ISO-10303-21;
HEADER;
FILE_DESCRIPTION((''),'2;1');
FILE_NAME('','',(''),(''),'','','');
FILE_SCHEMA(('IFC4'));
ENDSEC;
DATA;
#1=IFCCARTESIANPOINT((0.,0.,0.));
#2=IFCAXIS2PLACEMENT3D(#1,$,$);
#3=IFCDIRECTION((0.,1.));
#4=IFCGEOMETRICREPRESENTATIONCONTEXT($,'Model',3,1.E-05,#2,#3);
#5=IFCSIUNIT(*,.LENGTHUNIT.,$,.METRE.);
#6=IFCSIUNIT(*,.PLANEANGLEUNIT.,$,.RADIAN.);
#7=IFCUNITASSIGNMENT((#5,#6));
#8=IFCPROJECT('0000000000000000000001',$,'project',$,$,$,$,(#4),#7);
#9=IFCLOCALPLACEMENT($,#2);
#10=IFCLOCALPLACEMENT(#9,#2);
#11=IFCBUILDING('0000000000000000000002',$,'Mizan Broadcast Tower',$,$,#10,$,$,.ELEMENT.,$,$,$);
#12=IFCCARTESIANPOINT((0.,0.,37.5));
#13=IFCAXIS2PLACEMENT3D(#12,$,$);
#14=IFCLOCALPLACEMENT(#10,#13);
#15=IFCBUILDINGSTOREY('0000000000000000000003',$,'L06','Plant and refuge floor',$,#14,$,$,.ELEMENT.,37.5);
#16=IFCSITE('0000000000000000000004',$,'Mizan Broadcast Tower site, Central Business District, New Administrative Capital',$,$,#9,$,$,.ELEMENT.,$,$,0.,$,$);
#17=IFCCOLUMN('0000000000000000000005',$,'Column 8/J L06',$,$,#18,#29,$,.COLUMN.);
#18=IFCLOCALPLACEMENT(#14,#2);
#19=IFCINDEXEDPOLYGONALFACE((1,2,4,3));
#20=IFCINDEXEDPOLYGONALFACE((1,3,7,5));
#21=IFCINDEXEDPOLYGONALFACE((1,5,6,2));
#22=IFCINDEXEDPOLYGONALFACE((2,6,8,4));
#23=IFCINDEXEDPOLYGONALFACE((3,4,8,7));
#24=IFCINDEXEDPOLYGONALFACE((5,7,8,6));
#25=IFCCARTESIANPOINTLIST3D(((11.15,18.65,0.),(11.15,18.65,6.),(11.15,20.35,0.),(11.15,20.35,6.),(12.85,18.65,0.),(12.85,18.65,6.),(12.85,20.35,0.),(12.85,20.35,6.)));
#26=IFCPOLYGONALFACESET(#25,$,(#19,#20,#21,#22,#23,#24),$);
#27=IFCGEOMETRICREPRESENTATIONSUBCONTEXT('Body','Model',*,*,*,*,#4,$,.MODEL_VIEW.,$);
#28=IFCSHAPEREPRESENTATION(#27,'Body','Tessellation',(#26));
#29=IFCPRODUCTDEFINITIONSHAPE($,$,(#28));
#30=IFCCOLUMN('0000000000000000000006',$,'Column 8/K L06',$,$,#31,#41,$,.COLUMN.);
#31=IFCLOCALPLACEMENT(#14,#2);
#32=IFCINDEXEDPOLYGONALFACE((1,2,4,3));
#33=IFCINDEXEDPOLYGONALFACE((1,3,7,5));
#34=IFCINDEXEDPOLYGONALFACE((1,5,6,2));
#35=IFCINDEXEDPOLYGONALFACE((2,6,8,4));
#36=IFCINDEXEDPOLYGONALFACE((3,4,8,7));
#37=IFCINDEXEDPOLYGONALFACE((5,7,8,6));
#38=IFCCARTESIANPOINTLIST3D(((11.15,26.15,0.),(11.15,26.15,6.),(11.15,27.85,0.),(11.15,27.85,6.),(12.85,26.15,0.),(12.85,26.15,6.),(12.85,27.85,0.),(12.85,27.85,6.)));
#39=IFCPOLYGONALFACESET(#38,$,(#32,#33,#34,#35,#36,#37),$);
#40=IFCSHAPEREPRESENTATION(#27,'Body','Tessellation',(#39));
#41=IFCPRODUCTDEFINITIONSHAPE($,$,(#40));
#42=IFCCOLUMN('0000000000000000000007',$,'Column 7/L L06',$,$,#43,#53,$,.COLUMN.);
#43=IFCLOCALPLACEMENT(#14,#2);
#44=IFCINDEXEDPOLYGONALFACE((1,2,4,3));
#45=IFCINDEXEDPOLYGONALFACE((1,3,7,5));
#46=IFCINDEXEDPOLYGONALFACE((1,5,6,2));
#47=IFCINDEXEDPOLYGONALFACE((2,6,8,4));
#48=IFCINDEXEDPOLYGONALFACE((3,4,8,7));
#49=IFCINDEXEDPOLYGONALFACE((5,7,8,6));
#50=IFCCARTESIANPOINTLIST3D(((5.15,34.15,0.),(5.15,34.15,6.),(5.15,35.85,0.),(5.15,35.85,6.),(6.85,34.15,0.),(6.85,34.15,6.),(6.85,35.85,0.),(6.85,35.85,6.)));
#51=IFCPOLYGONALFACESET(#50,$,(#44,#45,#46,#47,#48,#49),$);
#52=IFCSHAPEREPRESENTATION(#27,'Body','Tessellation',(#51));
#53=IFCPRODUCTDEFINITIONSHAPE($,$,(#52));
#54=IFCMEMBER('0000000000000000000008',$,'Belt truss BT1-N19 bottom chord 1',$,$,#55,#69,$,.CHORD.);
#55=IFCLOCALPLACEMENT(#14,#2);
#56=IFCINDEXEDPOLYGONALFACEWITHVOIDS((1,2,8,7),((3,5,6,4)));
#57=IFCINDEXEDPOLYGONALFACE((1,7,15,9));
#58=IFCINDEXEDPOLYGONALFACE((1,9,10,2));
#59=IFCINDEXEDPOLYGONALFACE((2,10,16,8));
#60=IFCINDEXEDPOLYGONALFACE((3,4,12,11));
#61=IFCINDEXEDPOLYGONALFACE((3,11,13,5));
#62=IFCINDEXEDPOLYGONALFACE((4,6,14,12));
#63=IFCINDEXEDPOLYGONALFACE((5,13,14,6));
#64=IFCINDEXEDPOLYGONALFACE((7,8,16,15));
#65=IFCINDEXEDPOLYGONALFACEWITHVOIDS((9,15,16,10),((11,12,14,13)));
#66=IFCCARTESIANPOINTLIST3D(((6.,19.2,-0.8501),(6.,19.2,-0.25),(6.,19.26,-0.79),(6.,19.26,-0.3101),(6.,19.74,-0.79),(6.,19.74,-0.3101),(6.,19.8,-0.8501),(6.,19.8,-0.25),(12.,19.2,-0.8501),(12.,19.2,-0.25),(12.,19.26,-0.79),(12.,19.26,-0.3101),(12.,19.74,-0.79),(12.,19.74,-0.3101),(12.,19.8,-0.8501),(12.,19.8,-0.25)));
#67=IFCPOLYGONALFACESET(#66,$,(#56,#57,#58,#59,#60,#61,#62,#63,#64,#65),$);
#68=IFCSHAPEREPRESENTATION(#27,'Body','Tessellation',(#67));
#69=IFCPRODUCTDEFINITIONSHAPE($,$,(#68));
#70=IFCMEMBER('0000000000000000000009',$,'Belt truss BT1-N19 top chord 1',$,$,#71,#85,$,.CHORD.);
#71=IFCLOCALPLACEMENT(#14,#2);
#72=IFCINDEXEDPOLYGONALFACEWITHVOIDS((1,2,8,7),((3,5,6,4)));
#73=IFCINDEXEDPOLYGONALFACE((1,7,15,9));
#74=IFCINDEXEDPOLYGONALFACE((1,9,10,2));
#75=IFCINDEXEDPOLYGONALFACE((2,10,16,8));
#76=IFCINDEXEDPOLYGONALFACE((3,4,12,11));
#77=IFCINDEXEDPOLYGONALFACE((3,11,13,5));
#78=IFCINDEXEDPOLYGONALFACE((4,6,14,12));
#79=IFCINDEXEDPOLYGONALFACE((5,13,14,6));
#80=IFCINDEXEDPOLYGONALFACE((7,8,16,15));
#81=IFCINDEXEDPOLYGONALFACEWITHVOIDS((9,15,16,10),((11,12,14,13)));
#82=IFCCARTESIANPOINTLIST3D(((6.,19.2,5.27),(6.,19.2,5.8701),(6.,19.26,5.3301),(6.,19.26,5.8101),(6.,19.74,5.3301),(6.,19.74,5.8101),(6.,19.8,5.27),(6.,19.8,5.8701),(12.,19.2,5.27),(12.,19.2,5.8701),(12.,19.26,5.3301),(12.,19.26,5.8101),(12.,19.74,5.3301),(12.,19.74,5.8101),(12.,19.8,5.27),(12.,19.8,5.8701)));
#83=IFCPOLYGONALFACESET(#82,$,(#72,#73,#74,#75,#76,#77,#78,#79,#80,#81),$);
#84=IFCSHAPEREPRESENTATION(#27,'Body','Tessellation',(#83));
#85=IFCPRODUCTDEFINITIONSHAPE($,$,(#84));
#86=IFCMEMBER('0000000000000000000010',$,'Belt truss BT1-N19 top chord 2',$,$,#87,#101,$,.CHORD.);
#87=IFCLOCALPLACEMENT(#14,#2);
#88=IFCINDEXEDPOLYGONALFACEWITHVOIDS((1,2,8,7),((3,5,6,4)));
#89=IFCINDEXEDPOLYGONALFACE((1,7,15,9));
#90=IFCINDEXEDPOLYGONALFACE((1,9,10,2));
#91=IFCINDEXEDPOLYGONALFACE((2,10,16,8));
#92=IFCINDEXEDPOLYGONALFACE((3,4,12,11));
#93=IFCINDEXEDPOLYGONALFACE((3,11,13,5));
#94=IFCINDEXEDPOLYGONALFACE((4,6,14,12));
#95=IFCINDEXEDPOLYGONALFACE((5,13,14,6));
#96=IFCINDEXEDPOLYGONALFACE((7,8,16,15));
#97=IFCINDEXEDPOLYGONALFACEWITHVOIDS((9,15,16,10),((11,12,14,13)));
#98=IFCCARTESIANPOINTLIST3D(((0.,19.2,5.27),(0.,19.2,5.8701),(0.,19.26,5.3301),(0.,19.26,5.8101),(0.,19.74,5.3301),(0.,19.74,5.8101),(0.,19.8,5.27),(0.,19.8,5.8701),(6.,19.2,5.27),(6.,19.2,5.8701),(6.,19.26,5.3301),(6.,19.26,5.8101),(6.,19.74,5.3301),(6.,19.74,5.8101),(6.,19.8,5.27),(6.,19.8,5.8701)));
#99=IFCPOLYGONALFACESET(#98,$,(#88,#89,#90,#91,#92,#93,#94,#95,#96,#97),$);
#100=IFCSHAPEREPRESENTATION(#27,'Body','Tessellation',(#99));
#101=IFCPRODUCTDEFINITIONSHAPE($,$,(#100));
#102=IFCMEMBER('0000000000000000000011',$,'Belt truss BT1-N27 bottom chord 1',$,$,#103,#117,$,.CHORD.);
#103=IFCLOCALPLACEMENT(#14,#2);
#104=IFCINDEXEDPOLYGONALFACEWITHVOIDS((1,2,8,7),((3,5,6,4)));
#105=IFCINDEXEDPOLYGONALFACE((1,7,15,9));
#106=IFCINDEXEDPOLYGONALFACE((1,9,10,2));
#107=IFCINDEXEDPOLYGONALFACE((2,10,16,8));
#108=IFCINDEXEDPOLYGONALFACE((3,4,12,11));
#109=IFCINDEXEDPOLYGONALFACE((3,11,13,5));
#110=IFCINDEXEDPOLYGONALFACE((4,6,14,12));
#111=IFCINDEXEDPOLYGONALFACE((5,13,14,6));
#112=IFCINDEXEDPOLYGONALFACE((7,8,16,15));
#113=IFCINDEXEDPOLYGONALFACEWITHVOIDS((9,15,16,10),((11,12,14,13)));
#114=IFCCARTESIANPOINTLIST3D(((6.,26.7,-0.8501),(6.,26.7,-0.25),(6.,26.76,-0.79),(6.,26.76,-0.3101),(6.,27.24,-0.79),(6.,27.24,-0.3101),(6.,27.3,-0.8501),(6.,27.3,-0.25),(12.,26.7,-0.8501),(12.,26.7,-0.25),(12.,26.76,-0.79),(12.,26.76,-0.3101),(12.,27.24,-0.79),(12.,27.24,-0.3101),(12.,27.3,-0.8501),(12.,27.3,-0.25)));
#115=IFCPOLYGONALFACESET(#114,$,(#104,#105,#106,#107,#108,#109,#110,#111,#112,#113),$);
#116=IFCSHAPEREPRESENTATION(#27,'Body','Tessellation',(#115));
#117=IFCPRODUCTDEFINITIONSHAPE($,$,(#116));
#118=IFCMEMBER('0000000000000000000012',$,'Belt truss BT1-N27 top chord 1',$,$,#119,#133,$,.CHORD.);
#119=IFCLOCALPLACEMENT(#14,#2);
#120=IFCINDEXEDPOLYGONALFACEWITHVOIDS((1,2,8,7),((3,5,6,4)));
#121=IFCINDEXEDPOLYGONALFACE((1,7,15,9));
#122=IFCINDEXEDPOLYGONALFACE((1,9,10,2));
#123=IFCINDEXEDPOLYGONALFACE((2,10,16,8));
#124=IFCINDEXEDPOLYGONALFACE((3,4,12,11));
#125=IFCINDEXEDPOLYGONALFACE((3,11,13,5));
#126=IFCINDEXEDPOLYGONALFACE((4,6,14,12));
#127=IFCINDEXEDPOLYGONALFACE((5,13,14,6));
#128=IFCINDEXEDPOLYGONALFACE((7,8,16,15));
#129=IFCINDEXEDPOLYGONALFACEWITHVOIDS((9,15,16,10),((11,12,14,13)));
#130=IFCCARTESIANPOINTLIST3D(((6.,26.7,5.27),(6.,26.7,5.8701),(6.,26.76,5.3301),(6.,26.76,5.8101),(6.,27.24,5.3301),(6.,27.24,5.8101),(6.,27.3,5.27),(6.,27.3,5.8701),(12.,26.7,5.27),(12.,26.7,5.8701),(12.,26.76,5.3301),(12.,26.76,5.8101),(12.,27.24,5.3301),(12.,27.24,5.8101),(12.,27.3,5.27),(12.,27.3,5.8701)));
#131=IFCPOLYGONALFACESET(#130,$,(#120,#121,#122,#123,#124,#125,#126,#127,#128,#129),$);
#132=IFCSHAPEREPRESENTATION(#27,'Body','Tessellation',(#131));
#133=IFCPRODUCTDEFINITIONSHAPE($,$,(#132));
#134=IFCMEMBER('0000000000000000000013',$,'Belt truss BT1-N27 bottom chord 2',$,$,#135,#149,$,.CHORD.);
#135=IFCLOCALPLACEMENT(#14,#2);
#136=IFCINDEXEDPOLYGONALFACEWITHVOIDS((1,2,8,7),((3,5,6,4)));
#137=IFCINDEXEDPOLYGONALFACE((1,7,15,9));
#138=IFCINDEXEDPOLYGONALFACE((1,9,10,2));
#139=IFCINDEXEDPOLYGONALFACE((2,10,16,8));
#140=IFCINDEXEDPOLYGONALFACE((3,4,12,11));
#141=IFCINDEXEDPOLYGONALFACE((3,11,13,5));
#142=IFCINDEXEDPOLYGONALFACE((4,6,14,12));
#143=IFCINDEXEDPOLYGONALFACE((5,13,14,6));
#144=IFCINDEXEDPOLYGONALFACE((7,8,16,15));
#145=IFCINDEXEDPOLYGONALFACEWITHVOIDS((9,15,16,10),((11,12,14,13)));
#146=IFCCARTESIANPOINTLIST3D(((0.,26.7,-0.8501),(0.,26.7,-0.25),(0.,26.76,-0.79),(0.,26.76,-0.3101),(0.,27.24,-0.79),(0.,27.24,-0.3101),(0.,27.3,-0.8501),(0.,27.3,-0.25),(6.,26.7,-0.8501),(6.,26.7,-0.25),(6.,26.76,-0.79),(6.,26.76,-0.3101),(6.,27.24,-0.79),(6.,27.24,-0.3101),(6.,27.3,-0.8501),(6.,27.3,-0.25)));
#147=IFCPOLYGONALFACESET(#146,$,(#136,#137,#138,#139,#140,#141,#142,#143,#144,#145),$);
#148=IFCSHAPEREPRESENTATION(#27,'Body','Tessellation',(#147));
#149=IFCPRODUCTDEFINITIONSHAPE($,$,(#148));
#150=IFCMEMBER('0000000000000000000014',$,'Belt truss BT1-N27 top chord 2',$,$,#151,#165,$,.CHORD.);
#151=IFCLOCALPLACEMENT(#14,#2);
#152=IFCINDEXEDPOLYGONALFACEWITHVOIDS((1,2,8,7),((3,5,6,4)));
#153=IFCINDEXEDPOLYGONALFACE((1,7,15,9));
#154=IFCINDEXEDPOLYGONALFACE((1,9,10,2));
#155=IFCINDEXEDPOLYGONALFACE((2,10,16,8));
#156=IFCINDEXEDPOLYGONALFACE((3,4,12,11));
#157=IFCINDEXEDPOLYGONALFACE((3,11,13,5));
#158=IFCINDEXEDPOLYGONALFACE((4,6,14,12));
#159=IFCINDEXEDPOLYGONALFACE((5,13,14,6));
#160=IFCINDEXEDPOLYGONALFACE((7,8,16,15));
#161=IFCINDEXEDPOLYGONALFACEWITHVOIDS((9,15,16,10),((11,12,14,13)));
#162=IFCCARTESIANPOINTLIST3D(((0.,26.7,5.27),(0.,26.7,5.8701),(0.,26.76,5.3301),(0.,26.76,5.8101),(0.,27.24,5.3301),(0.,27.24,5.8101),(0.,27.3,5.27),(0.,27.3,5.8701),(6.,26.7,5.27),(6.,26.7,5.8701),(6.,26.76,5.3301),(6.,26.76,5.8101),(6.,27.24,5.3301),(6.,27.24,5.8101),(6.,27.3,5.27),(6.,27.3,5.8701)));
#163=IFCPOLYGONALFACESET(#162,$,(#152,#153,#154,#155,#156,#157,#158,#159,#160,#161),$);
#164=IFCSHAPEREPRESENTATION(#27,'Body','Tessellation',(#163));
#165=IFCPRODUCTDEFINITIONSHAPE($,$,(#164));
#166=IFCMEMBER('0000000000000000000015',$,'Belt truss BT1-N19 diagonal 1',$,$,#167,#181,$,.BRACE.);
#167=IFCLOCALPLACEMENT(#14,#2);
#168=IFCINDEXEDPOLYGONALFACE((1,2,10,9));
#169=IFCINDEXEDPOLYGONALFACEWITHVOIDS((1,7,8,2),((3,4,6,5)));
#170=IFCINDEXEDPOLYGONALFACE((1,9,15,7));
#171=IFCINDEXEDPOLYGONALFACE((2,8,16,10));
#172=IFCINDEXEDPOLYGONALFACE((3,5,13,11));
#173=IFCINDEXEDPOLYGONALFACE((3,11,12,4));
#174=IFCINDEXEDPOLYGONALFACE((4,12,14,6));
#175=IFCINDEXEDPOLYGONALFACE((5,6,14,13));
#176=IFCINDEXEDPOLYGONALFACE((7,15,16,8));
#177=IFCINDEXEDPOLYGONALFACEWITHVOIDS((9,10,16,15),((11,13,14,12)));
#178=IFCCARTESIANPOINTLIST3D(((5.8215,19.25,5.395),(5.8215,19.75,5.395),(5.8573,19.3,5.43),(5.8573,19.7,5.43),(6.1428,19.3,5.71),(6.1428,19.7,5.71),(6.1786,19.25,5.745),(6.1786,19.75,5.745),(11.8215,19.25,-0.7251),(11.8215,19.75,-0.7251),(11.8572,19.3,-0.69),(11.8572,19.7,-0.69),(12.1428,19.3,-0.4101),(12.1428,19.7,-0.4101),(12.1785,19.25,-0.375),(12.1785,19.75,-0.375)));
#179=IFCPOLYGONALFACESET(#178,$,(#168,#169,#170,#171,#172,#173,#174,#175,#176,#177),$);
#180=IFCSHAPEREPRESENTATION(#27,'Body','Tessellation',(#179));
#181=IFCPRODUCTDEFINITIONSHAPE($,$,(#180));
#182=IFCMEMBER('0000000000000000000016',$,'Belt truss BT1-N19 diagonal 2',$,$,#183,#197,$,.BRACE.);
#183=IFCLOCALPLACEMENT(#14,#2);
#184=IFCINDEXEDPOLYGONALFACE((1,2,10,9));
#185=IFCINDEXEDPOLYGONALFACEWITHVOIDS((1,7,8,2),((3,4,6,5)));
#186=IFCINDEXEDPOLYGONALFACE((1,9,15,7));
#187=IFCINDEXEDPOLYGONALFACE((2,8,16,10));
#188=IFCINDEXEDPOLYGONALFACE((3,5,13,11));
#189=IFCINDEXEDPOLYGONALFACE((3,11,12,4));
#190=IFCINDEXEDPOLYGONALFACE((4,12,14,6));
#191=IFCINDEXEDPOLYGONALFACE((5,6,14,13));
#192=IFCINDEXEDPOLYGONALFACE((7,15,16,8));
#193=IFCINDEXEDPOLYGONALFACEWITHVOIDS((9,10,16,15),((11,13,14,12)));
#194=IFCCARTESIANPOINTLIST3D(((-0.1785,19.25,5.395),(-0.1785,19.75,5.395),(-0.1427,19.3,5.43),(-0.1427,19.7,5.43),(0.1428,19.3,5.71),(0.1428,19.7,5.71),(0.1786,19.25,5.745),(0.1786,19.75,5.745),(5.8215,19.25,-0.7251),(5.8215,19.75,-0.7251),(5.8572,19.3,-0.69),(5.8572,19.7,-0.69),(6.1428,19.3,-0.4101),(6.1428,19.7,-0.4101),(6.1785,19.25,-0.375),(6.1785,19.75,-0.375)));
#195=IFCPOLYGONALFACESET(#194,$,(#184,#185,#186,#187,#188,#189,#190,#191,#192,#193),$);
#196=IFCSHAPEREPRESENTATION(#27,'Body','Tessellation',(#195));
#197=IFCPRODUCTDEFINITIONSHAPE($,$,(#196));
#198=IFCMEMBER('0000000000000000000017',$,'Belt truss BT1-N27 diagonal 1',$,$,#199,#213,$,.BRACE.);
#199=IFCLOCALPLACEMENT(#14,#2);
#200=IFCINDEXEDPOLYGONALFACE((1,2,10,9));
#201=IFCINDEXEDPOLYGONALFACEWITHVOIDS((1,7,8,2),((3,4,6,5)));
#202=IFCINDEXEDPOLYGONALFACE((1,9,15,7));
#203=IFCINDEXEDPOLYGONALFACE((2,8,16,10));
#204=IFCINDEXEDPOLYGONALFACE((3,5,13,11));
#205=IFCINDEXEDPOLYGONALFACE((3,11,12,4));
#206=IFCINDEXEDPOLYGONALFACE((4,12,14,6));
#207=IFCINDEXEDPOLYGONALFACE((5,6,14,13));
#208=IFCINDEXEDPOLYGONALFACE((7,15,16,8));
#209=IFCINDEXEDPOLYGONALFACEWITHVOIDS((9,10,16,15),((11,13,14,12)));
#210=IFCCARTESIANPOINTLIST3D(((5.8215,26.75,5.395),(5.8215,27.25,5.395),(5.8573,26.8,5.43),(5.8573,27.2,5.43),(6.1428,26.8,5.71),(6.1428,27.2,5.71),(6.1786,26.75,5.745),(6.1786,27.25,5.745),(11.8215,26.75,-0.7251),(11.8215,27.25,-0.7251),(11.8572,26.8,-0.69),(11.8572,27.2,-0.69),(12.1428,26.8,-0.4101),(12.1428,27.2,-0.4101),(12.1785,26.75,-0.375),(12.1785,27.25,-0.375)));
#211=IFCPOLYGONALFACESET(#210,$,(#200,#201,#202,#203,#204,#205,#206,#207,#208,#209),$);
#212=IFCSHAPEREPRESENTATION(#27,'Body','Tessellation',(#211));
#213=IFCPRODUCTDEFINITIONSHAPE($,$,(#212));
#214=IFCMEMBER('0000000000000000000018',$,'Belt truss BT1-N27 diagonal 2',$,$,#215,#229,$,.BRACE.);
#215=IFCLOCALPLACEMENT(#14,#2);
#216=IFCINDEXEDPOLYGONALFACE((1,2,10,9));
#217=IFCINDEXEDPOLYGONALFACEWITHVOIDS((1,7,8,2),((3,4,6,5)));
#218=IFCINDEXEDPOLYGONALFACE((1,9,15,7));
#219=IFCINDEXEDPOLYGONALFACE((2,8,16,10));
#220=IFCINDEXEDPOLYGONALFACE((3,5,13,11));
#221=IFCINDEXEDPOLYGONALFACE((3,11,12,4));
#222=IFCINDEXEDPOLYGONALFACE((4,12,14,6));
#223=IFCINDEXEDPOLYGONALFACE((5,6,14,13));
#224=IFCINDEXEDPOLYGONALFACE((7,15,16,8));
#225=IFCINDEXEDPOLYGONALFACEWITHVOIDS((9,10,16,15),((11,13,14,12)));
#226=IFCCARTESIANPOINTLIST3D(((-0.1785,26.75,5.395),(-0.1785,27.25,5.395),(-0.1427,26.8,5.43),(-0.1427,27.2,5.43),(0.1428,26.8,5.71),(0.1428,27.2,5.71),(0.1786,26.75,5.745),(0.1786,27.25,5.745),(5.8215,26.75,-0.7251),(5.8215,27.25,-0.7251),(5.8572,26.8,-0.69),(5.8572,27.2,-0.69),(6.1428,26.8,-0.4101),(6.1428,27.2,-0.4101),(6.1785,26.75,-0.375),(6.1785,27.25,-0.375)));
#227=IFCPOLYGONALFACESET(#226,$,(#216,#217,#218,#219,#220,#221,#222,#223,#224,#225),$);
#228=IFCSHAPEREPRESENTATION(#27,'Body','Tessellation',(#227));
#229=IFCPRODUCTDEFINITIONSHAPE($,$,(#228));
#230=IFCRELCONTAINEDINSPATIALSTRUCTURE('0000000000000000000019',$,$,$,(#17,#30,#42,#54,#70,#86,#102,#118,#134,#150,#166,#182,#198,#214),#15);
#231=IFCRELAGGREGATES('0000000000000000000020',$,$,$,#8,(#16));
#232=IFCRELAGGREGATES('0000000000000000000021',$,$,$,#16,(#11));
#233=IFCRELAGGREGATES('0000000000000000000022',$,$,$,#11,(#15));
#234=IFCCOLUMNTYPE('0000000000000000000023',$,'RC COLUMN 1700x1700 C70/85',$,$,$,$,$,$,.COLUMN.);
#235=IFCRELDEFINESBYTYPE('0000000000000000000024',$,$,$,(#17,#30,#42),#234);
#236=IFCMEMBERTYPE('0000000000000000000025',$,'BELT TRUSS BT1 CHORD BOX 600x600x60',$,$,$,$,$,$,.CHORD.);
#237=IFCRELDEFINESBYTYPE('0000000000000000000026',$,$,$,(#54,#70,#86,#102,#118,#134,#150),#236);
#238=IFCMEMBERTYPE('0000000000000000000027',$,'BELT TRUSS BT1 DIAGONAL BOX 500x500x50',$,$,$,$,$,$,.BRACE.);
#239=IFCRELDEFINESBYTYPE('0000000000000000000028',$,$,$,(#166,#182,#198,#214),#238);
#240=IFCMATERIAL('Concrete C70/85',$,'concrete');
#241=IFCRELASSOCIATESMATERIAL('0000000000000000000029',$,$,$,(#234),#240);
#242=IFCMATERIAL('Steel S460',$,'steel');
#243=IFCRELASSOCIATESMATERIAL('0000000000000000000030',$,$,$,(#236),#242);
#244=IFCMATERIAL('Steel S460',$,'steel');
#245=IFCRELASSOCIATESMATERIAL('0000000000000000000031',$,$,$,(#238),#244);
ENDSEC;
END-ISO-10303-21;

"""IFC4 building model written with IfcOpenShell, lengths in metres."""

from ifc_helpers import new_model, si_unit, direction, frame, origin, origin_2d, place, context, subcontext, project, spatial, rectangle, hollow_rectangle, extrude, material, material_profile, profile_set, type_object, element, save


model = new_model("IFC4")

# Units and contexts
model_context = context("Model", 3, precision=1e-05, world=origin(), true_north=direction((0.0, 1.0)))
body_context = subcontext(model_context, "Body", "Model", "MODEL_VIEW")
ifc_project = project(units=[si_unit("LENGTHUNIT", "METRE"), si_unit("PLANEANGLEUNIT", "RADIAN")], contexts=[model_context])

# Site, building, storey
site_placement = place(None, origin())
site = spatial("IfcSite", under=ifc_project, at=site_placement, Name="Mizan Broadcast Tower site, Central Business District, New Administrative Capital", CompositionType="ELEMENT", RefElevation=0.0)
building_placement = place(site_placement, origin())
building = spatial("IfcBuilding", under=site, at=building_placement, Name="Mizan Broadcast Tower", CompositionType="ELEMENT")
storey_placement = place(building_placement, frame((0.0, 0.0, 37.5)))
storey = spatial("IfcBuildingStorey", under=building, at=storey_placement, Name="L06", Description="Plant and refuge floor", CompositionType="ELEMENT", Elevation=37.5)

# Columns
ifc_material_1 = material(Name="Concrete C70/85", Category="concrete")
ifc_material_profile_1 = material_profile(ifc_material_1, rectangle(XDim=1.7, YDim=1.7, at=origin_2d()), Name="RC 1700x1700")
ifc_profile_set_1 = profile_set([ifc_material_profile_1], Name="Concrete C70/85")
column_type = type_object("IfcColumnType", Name="RC COLUMN 1700x1700 C70/85", PredefinedType="COLUMN", material=ifc_profile_set_1)
for number, where, z_axis, x_axis, name in (
    (1, (12.0, 19.5, 0.0), (0.0, 0.0, 1.0), (1.0, 0.0, 0.0), "Column 8/J L06"),
    (2, (12.0, 27.0, 0.0), (0.0, 0.0, 1.0), (1.0, 0.0, 0.0), "Column 8/K L06"),
    (3, (6.0, 35.0, 0.0), (0.0, 0.0, 1.0), (1.0, 0.0, 0.0), "Column 7/L L06"),
):
    element("IfcColumn", number, at=place(storey_placement, frame(where, z_axis=z_axis, x_axis=x_axis)), inside=storey, type_object=column_type, Name=name, PredefinedType="COLUMN", context=body_context, shape_type="SweptSolid", body=[
        extrude(rectangle(XDim=1.7, YDim=1.7, at=origin_2d()), origin(), (0.0, 0.0, 1.0), 6.0),
    ])

# Members
ifc_material_2 = material(Name="Steel S460", Category="steel")
ifc_material_profile_2 = material_profile(ifc_material_2, hollow_rectangle(XDim=0.6001, YDim=0.6001, WallThickness=0.0601, at=origin_2d()), Name="BOX 600x600x60")
ifc_profile_set_2 = profile_set([ifc_material_profile_2], Name="Steel S460")
member_type_1 = type_object("IfcMemberType", Name="BELT TRUSS BT1 CHORD BOX 600x600x60", PredefinedType="CHORD", material=ifc_profile_set_2)
for number, where, z_axis, x_axis, name in (
    (4, (12.0, 19.5, -0.55), (-1.0, 0.0, 0.0), (0.0, -1.0, 0.0), "Belt truss BT1-N19 bottom chord 1"),
    (5, (12.0, 19.5, 5.5701), (-1.0, 0.0, 0.0), (0.0, -1.0, 0.0), "Belt truss BT1-N19 top chord 1"),
    (6, (6.0, 19.5, 5.5701), (-1.0, 0.0, 0.0), (0.0, -1.0, 0.0), "Belt truss BT1-N19 top chord 2"),
    (7, (12.0, 27.0, -0.55), (-1.0, 0.0, 0.0), (0.0, -1.0, 0.0), "Belt truss BT1-N27 bottom chord 1"),
    (8, (12.0, 27.0, 5.5701), (-1.0, 0.0, 0.0), (0.0, -1.0, 0.0), "Belt truss BT1-N27 top chord 1"),
    (9, (6.0, 27.0, -0.55), (-1.0, 0.0, 0.0), (0.0, -1.0, 0.0), "Belt truss BT1-N27 bottom chord 2"),
    (10, (6.0, 27.0, 5.5701), (-1.0, 0.0, 0.0), (0.0, -1.0, 0.0), "Belt truss BT1-N27 top chord 2"),
):
    element("IfcMember", number, at=place(storey_placement, frame(where, z_axis=z_axis, x_axis=x_axis)), inside=storey, type_object=member_type_1, Name=name, PredefinedType="CHORD", context=body_context, shape_type="SweptSolid", body=[
        extrude(hollow_rectangle(XDim=0.6001, YDim=0.6001, WallThickness=0.0601, at=origin_2d()), origin(), (0.0, 0.0, 1.0), 6.0),
    ])
ifc_material_3 = material(Name="Steel S460", Category="steel")
ifc_material_profile_3 = material_profile(ifc_material_3, hollow_rectangle(XDim=0.5, YDim=0.5, WallThickness=0.05, at=origin_2d()), Name="BOX 500x500x50")
ifc_profile_set_3 = profile_set([ifc_material_profile_3], Name="Steel S460")
member_type_2 = type_object("IfcMemberType", Name="BELT TRUSS BT1 DIAGONAL BOX 500x500x50", PredefinedType="BRACE", material=ifc_profile_set_3)
for number, where, z_axis, x_axis, name in (
    (11, (12.0, 19.5, -0.55), (-0.700065, 0.0, 0.71408), (0.0, -1.0, 0.0), "Belt truss BT1-N19 diagonal 1"),
    (12, (6.0, 19.5, -0.55), (-0.700065, 0.0, 0.71408), (0.0, -1.0, 0.0), "Belt truss BT1-N19 diagonal 2"),
    (13, (12.0, 27.0, -0.55), (-0.700065, 0.0, 0.71408), (0.0, -1.0, 0.0), "Belt truss BT1-N27 diagonal 1"),
    (14, (6.0, 27.0, -0.55), (-0.700065, 0.0, 0.71408), (0.0, -1.0, 0.0), "Belt truss BT1-N27 diagonal 2"),
):
    element("IfcMember", number, at=place(storey_placement, frame(where, z_axis=z_axis, x_axis=x_axis)), inside=storey, type_object=member_type_2, Name=name, PredefinedType="BRACE", context=body_context, shape_type="SweptSolid", body=[
        extrude(hollow_rectangle(XDim=0.5, YDim=0.5, WallThickness=0.05, at=origin_2d()), origin(), (0.0, 0.0, 1.0), 8.5706),
    ])

save(model, "model.ifc")
